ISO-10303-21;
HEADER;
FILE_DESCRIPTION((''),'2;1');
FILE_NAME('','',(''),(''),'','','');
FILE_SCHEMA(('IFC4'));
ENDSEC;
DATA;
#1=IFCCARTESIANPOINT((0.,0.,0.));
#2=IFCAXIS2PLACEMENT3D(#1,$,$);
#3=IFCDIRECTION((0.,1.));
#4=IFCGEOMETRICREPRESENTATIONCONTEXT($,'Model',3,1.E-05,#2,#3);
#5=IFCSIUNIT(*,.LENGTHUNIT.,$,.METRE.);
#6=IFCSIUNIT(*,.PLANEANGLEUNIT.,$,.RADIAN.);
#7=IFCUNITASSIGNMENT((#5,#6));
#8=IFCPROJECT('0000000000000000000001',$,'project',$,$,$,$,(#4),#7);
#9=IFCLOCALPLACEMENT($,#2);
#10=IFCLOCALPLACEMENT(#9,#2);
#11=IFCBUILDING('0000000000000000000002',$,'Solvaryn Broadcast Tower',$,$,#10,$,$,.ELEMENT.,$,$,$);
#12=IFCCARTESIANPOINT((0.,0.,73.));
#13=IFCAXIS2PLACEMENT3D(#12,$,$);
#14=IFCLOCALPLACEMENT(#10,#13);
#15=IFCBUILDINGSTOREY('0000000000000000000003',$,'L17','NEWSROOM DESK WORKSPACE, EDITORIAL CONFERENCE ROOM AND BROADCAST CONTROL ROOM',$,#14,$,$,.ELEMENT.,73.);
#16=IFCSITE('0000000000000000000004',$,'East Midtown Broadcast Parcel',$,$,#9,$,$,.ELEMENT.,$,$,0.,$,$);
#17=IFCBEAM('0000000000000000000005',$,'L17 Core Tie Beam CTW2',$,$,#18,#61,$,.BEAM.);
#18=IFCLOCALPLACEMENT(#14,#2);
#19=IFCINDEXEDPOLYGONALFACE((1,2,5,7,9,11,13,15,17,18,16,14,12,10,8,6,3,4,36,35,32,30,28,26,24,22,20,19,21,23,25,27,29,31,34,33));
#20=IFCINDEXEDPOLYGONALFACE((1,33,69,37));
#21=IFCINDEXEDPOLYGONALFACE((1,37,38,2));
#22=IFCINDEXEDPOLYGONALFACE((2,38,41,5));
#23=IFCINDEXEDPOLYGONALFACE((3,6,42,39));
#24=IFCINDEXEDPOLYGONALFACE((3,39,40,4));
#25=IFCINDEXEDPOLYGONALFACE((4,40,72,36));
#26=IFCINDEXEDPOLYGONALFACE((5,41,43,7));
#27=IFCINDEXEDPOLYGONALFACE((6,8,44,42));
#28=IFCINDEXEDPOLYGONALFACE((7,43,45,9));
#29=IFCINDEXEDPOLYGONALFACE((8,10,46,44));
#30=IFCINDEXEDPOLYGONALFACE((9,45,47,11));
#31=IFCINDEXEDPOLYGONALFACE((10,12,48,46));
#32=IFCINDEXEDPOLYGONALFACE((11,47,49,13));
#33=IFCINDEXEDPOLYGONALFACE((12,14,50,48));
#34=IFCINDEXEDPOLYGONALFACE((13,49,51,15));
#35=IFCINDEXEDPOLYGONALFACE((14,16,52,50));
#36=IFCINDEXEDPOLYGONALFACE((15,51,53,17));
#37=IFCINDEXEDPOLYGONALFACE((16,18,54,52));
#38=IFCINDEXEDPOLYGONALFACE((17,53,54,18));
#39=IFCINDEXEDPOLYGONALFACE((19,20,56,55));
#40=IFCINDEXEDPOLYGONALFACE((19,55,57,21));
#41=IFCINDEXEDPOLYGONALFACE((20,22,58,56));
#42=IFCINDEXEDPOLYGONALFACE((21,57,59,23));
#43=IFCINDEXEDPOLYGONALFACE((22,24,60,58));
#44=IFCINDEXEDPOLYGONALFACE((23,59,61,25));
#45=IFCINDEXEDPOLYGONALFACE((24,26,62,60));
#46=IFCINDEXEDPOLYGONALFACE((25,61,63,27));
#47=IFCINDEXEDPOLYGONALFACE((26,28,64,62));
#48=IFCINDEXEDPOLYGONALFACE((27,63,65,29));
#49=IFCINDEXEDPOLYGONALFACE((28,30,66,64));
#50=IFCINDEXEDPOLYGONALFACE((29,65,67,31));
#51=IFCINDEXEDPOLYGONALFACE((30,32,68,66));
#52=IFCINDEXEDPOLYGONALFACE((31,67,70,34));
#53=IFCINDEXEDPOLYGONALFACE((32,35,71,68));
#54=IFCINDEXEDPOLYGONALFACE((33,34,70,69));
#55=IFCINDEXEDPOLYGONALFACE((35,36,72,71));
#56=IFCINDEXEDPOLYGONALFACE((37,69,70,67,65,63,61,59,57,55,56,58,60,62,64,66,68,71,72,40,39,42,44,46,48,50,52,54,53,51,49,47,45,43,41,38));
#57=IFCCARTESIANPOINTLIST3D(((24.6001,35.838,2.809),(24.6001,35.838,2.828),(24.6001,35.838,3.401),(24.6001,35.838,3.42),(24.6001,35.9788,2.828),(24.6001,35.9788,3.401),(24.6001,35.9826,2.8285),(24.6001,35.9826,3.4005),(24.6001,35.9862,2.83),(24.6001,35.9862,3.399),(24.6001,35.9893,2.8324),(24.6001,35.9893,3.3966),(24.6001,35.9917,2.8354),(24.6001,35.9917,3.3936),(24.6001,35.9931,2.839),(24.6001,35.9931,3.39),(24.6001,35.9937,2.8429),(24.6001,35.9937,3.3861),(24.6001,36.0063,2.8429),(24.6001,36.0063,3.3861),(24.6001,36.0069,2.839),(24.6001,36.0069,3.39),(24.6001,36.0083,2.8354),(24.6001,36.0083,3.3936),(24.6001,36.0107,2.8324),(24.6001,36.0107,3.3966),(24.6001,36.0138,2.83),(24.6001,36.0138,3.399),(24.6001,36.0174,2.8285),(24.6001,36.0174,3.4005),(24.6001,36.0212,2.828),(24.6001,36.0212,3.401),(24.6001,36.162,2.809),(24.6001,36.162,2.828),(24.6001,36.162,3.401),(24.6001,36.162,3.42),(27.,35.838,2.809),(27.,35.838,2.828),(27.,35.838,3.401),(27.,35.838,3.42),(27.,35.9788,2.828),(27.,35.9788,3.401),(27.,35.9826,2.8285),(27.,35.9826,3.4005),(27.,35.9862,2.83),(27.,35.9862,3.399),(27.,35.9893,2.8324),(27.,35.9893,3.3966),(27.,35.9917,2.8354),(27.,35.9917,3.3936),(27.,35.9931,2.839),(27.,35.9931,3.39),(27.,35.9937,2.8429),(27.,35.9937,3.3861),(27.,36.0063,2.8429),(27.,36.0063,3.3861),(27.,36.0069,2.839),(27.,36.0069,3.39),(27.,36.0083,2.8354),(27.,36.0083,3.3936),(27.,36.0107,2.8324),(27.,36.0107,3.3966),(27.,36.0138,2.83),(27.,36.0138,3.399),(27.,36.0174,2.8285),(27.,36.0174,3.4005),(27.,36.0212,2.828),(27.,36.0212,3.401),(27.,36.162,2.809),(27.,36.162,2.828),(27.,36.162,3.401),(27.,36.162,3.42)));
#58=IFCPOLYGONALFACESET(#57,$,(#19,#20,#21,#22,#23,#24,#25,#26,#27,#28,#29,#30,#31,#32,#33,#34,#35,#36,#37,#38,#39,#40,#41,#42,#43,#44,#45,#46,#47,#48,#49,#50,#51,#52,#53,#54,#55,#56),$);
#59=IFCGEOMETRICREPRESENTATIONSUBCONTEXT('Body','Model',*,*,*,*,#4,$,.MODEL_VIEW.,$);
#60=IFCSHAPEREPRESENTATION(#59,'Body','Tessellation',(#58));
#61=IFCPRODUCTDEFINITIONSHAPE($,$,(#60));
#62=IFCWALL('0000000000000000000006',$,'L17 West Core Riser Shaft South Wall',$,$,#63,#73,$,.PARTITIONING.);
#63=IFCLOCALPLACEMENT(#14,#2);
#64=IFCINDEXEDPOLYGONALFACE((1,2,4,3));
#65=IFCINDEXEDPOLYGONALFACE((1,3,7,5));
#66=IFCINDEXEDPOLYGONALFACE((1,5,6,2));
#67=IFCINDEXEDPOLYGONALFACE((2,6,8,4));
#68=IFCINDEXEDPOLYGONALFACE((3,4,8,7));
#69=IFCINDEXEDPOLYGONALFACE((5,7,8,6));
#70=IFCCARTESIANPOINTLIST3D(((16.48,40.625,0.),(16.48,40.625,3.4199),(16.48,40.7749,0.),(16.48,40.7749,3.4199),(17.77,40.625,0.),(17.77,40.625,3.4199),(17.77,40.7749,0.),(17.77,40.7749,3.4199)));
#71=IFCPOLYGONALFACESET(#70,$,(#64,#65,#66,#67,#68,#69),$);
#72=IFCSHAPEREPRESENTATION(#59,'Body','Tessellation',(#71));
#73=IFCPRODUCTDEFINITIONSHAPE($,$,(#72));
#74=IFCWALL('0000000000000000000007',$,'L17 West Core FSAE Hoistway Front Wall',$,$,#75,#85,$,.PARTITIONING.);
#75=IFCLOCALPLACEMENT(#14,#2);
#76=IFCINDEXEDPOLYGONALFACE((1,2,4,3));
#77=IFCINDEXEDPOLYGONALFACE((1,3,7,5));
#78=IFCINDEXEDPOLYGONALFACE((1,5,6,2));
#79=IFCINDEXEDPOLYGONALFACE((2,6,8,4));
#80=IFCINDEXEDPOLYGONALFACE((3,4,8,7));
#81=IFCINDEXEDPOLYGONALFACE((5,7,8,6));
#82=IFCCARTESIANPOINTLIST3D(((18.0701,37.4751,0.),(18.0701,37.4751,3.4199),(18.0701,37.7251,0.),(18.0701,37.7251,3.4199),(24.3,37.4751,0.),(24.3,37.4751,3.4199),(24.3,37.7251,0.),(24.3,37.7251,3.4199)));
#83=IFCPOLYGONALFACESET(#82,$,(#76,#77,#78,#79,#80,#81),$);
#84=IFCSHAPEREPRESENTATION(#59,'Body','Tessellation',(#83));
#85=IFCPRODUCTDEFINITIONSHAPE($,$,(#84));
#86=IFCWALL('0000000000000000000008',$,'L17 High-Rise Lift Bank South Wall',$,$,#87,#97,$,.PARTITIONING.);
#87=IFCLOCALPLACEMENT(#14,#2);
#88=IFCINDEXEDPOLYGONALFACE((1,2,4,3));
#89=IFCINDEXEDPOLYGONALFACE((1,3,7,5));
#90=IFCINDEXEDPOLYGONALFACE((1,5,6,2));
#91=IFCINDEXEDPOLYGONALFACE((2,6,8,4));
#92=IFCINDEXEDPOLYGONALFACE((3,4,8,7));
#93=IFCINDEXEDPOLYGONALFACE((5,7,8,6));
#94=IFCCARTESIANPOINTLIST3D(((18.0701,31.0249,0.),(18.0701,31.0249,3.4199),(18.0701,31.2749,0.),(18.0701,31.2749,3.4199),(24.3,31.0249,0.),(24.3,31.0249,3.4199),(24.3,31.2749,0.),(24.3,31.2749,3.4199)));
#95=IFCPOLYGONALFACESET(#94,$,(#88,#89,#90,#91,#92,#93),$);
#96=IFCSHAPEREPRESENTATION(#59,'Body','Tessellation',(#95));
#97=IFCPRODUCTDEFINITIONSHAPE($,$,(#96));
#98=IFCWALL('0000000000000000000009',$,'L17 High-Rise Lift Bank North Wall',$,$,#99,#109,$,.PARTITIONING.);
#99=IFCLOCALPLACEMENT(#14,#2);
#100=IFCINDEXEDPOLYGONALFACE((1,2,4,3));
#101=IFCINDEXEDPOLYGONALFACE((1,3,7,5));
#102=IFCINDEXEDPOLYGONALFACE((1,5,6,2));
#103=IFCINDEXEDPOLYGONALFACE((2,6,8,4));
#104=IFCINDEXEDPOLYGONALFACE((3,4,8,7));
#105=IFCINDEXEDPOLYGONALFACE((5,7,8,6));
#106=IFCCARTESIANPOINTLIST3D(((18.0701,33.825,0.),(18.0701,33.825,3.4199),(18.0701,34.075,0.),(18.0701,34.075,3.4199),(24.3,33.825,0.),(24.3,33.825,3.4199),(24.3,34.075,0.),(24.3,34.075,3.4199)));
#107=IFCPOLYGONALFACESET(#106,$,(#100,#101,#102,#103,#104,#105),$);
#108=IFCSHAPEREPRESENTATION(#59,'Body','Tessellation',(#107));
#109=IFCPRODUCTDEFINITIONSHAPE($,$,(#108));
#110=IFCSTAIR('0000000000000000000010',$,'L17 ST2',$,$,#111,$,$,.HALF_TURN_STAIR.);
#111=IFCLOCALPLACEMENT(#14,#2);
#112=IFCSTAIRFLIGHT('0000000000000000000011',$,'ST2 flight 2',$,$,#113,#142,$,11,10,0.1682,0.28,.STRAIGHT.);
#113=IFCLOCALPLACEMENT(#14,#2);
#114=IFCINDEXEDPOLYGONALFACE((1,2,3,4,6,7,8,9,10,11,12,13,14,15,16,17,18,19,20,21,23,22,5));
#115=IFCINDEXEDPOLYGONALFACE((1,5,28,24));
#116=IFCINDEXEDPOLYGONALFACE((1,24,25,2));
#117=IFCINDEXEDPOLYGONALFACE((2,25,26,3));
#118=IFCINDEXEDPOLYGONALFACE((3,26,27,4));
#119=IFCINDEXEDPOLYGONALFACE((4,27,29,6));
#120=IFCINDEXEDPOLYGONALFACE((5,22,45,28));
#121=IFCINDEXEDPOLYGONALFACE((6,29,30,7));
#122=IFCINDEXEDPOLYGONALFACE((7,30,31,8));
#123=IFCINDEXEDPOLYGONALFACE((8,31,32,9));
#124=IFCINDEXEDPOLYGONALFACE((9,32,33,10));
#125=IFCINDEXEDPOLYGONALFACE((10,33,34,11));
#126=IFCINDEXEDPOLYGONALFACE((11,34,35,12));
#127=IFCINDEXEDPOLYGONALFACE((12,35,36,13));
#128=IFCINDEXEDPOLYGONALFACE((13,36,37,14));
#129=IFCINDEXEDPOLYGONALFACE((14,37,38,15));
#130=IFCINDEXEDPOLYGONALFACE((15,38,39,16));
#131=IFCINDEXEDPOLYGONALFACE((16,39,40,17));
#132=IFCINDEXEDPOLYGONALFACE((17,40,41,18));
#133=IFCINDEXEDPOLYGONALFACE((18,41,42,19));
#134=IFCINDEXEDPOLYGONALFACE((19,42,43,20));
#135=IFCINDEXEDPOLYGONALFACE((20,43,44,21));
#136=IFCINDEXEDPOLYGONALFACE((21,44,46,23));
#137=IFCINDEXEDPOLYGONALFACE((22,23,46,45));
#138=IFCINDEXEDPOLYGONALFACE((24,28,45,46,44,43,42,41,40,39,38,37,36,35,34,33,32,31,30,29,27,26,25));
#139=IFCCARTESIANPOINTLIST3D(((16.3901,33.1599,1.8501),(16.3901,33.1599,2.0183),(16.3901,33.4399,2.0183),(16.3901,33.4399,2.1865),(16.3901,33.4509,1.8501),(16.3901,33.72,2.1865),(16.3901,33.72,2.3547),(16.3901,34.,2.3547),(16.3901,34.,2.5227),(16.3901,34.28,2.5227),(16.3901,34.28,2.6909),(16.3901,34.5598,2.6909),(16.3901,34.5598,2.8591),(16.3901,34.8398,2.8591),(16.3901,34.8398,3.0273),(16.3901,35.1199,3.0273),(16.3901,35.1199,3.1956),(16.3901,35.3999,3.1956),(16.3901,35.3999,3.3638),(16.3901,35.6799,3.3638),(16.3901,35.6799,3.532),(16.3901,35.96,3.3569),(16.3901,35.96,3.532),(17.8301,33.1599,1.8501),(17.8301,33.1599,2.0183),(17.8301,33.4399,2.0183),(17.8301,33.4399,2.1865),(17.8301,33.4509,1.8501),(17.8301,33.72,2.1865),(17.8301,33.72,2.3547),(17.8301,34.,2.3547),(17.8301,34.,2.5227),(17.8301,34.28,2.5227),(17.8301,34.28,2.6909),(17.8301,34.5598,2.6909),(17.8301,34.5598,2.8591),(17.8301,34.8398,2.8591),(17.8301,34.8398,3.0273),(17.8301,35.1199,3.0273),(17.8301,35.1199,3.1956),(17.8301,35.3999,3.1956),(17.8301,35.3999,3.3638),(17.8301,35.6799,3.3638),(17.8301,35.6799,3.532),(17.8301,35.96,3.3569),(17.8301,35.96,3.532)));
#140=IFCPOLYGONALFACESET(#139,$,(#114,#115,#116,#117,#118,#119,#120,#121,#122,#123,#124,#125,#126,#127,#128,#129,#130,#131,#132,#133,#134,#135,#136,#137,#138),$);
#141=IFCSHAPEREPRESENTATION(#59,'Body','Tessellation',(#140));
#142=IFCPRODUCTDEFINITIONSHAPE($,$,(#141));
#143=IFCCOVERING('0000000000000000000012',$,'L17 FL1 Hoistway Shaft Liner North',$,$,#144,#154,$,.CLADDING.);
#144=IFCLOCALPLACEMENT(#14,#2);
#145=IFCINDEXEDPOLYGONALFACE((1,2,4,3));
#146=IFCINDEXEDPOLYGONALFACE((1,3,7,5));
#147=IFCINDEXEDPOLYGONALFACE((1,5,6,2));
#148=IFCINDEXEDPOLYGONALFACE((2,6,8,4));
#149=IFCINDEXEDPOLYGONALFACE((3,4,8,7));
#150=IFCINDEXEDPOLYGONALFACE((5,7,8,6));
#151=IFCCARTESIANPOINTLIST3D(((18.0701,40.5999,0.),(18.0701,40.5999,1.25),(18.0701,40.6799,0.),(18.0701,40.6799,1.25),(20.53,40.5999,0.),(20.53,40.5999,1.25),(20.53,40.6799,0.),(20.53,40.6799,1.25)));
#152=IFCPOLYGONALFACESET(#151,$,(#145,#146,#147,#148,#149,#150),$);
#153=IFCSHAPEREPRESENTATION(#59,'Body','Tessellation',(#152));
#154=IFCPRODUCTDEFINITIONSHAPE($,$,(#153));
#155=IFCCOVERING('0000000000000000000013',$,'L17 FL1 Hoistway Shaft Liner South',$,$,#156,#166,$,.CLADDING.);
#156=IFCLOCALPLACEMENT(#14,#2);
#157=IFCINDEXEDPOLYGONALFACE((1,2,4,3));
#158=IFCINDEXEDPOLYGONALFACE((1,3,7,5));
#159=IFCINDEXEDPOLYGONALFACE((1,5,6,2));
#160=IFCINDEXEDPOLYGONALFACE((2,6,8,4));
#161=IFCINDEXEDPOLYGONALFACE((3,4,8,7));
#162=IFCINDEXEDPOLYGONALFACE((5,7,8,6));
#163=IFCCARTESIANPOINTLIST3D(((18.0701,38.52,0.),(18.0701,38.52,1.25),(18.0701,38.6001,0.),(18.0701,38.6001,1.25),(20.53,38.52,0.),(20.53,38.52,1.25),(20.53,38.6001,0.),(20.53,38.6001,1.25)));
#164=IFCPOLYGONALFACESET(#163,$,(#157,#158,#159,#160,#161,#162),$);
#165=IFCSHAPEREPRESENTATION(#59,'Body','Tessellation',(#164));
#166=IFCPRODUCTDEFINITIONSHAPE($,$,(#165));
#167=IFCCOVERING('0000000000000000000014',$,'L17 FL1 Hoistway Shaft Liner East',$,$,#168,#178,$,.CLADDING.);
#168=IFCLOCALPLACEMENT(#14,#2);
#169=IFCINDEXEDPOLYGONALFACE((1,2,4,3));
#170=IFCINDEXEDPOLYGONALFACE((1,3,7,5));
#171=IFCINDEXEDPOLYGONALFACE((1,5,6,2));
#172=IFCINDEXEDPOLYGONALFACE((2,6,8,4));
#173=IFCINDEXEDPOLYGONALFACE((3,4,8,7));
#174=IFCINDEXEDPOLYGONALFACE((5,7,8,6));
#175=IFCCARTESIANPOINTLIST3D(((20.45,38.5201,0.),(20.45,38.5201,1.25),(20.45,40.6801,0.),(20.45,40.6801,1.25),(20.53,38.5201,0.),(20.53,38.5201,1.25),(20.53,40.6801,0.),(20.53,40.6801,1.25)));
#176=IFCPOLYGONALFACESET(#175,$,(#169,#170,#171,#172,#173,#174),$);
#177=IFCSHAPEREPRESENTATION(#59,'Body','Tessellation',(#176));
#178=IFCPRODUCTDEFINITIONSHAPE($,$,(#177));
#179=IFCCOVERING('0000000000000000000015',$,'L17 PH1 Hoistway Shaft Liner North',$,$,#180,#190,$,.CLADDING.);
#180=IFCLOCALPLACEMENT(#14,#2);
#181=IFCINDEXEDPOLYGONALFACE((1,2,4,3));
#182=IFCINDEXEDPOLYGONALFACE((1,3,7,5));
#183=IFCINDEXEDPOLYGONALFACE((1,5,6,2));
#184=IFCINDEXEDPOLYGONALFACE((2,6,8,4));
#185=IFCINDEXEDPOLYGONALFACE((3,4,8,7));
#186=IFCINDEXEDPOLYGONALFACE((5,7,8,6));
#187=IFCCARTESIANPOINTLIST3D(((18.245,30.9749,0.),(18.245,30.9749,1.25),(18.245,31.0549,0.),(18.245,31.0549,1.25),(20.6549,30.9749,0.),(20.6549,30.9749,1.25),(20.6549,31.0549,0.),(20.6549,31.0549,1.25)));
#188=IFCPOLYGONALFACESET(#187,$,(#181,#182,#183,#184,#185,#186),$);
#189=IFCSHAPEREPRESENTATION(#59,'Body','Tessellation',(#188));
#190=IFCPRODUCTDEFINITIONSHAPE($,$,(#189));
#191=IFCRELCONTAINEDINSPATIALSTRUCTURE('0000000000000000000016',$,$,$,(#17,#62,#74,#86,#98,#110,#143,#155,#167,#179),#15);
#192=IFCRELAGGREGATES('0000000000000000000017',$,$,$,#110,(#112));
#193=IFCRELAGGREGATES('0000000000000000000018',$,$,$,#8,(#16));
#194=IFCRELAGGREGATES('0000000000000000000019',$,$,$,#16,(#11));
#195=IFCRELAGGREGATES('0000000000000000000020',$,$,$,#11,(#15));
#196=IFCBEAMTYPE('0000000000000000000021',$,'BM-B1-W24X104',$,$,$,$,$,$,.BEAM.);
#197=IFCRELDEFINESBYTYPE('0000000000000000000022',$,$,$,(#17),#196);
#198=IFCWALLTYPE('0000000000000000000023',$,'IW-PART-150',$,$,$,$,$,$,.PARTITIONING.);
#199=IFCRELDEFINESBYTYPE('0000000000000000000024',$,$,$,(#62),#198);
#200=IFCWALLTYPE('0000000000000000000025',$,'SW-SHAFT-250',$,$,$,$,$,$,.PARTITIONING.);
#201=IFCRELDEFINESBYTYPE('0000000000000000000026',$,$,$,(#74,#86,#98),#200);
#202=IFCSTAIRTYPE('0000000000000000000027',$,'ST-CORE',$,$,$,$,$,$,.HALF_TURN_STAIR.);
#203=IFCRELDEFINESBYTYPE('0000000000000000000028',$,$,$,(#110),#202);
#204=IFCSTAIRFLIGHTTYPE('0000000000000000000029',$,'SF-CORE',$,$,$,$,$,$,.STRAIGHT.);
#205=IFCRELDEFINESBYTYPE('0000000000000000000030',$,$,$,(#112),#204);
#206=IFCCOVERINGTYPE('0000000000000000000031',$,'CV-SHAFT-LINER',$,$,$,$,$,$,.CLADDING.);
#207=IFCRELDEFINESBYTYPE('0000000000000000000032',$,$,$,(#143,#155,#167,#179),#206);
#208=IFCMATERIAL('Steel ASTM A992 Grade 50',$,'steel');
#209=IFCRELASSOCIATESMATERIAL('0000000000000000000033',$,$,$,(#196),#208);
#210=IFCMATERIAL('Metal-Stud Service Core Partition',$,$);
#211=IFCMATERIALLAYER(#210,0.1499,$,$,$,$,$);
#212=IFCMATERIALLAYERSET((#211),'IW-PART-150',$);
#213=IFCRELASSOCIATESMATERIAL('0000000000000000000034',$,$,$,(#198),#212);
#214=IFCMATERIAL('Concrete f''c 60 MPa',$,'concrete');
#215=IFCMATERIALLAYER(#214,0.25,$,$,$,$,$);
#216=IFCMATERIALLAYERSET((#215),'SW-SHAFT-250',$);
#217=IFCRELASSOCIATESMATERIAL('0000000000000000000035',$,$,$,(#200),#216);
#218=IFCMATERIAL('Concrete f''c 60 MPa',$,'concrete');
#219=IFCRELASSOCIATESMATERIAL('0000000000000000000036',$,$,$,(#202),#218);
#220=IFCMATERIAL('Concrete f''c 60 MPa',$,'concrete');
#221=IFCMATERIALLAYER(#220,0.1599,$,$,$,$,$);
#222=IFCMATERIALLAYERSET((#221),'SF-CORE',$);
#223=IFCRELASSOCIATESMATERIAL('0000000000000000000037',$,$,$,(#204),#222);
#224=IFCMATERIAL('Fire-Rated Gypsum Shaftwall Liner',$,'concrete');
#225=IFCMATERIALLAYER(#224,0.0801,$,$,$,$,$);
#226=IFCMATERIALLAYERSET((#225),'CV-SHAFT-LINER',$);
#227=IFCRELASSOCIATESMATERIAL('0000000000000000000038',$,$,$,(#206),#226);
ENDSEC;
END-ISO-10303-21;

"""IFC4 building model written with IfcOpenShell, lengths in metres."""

from ifc_helpers import new_model, si_unit, direction, frame, frame_2d, origin, origin_2d, place, context, subcontext, project, spatial, polyline, rectangle, i_section, outline, extrude, material, layer, layer_set, material_profile, profile_set, type_object, element, aggregate, save


model = new_model("IFC4")

# Units and contexts
model_context = context("Model", 3, precision=1e-05, world=origin(), true_north=direction((0.0, 1.0)))
body_context = subcontext(model_context, "Body", "Model", "MODEL_VIEW")
ifc_project = project(units=[si_unit("LENGTHUNIT", "METRE"), si_unit("PLANEANGLEUNIT", "RADIAN")], contexts=[model_context])

# Site, building, storey
site_placement = place(None, origin())
site = spatial("IfcSite", under=ifc_project, at=site_placement, Name="East Midtown Broadcast Parcel", CompositionType="ELEMENT", RefElevation=0.0)
building_placement = place(site_placement, origin())
building = spatial("IfcBuilding", under=site, at=building_placement, Name="Solvaryn Broadcast Tower", CompositionType="ELEMENT")
storey_placement = place(building_placement, frame((0.0, 0.0, 73.0)))
storey = spatial("IfcBuildingStorey", under=building, at=storey_placement, Name="L17", Description="NEWSROOM DESK WORKSPACE, EDITORIAL CONFERENCE ROOM AND BROADCAST CONTROL ROOM", CompositionType="ELEMENT", Elevation=73.0)

# Beam
ifc_material_1 = material(Name="Steel ASTM A992 Grade 50", Category="steel")
ifc_material_profile = material_profile(ifc_material_1, i_section(OverallWidth=0.324, OverallDepth=0.6111, WebThickness=0.0127, FlangeThickness=0.019, FilletRadius=0.0149, at=origin_2d()))
ifc_profile_set = profile_set([ifc_material_profile], Name="Steel ASTM A992 Grade 50")
beam_type = type_object("IfcBeamType", Name="BM-B1-W24X104", PredefinedType="BEAM", material=ifc_profile_set)
beam_placement = place(storey_placement, frame((24.6001, 36.0, 3.1145), z_axis=(1.0, 0.0, 0.0), x_axis=(0.0, 1.0, 0.0)))
element("IfcBeam", 1, at=beam_placement, inside=storey, type_object=beam_type, Name="L17 Core Tie Beam CTW2", PredefinedType="BEAM", context=body_context, shape_type="SweptSolid", body=[
    extrude(i_section(OverallWidth=0.324, OverallDepth=0.6111, WebThickness=0.0127, FlangeThickness=0.019, FilletRadius=0.0149, at=origin_2d()), origin(), (0.0, 0.0, 1.0), 2.3999),
])

# Walls
ifc_material_2 = material(Name="Metal-Stud Service Core Partition")
ifc_layer_1 = layer(ifc_material_2, 0.1499)
ifc_layer_set_1 = layer_set([ifc_layer_1], Name="IW-PART-150")
wall_type_1 = type_object("IfcWallType", Name="IW-PART-150", PredefinedType="PARTITIONING", material=ifc_layer_set_1)
wall_1_placement = place(storey_placement, frame((16.48, 40.7, 0.0), z_axis=(0.0, 0.0, 1.0), x_axis=(1.0, 0.0, 0.0)))
element("IfcWall", 2, at=wall_1_placement, inside=storey, type_object=wall_type_1, Name="L17 West Core Riser Shaft South Wall", PredefinedType="PARTITIONING", context=body_context, shape_type="SweptSolid", body=[
    extrude(rectangle(XDim=1.29, YDim=0.1499, at=frame_2d((0.645, 0.0))), origin(), (0.0, 0.0, 1.0), 3.4199),
])
ifc_material_3 = material(Name="Concrete f'c 60 MPa", Category="concrete")
ifc_layer_2 = layer(ifc_material_3, 0.25)
ifc_layer_set_2 = layer_set([ifc_layer_2], Name="SW-SHAFT-250")
wall_type_2 = type_object("IfcWallType", Name="SW-SHAFT-250", PredefinedType="PARTITIONING", material=ifc_layer_set_2)
for number, where, z_axis, x_axis, name in (
    (3, (18.0701, 37.6001, 0.0), (0.0, 0.0, 1.0), (1.0, 0.0, 0.0), "L17 West Core FSAE Hoistway Front Wall"),
    (4, (18.0701, 31.1499, 0.0), (0.0, 0.0, 1.0), (1.0, 0.0, 0.0), "L17 High-Rise Lift Bank South Wall"),
    (5, (24.3, 33.95, 0.0), (0.0, 0.0, 1.0), (-1.0, 0.0, 0.0), "L17 High-Rise Lift Bank North Wall"),
):
    element("IfcWall", number, at=place(storey_placement, frame(where, z_axis=z_axis, x_axis=x_axis)), inside=storey, type_object=wall_type_2, Name=name, PredefinedType="PARTITIONING", context=body_context, shape_type="SweptSolid", body=[
        extrude(rectangle(XDim=6.23, YDim=0.25, at=frame_2d((3.115, 0.0))), origin(), (0.0, 0.0, 1.0), 3.4199),
    ])

# Stair, stair flight
ifc_material_4 = material(Name="Concrete f'c 60 MPa", Category="concrete")
stair_type = type_object("IfcStairType", Name="ST-CORE", PredefinedType="HALF_TURN_STAIR", material=ifc_material_4)
stair_placement = place(storey_placement, origin())
stair = element("IfcStair", 6, at=stair_placement, inside=storey, type_object=stair_type, Name="L17 ST2", PredefinedType="HALF_TURN_STAIR")
ifc_material_5 = material(Name="Concrete f'c 60 MPa", Category="concrete")
ifc_layer_3 = layer(ifc_material_5, 0.1599)
ifc_layer_set_3 = layer_set([ifc_layer_3], Name="SF-CORE")
stair_flight_type = type_object("IfcStairFlightType", Name="SF-CORE", PredefinedType="STRAIGHT", material=ifc_layer_set_3)
stair_flight_placement = place(storey_placement, frame((17.1101, 33.1599, 1.8501), z_axis=(0.0, 0.0, 1.0), x_axis=(0.0, 1.0, 0.0)))
stair_flight = element("IfcStairFlight", 7, at=stair_flight_placement, type_object=stair_flight_type, Name="ST2 flight 2", NumberOfRisers=11, NumberOfTreads=10, PredefinedType="STRAIGHT", RiserHeight=0.1682, TreadLength=0.28, context=body_context, shape_type="SweptSolid", body=[
    extrude(outline(polyline([(0.0, 0.0), (0.0, 0.1682), (0.28, 0.1682), (0.28, 0.3364), (0.5601, 0.3364), (0.5601, 0.5046), (0.8401, 0.5046), (0.8401, 0.6726), (1.1201, 0.6726), (1.1201, 0.8408), (1.3999, 0.8408), (1.3999, 1.009), (1.6799, 1.009), (1.6799, 1.1772), (1.96, 1.1772), (1.96, 1.3455), (2.24, 1.3455), (2.24, 1.5137), (2.52, 1.5137), (2.52, 1.6819), (2.8, 1.6819), (2.8, 1.8501), (2.8, 1.5068), (0.291, 0.0), (0.0, 0.0)])), frame((0.0, 0.72, 0.0), z_axis=(0.0, -1.0, 0.0), x_axis=(1.0, 0.0, 0.0)), (0.0, 0.0, 1.0), 1.4399),
])
aggregate(stair, [stair_flight])

# Coverings
ifc_material_6 = material(Name="Fire-Rated Gypsum Shaftwall Liner", Category="concrete")
ifc_layer_4 = layer(ifc_material_6, 0.0801)
ifc_layer_set_4 = layer_set([ifc_layer_4], Name="CV-SHAFT-LINER")
covering_type = type_object("IfcCoveringType", Name="CV-SHAFT-LINER", PredefinedType="CLADDING", material=ifc_layer_set_4)
for number, where, z_axis, x_axis, name in (
    (8, (19.3, 40.6399, 0.0), (0.0, 0.0, 1.0), (1.0, 0.0, 0.0), "L17 FL1 Hoistway Shaft Liner North"),
    (9, (19.3, 38.5601, 0.0), (0.0, 0.0, 1.0), (1.0, 0.0, 0.0), "L17 FL1 Hoistway Shaft Liner South"),
):
    element("IfcCovering", number, at=place(storey_placement, frame(where, z_axis=z_axis, x_axis=x_axis)), inside=storey, type_object=covering_type, Name=name, PredefinedType="CLADDING", context=body_context, shape_type="SweptSolid", body=[
        extrude(rectangle(XDim=2.46, YDim=0.0801, at=origin_2d()), origin(), (0.0, 0.0, 1.0), 1.25),
    ])
covering_placement = place(storey_placement, frame((20.49, 39.6001, 0.0), z_axis=(0.0, 0.0, 1.0), x_axis=(1.0, 0.0, 0.0)))
element("IfcCovering", 10, at=covering_placement, inside=storey, type_object=covering_type, Name="L17 FL1 Hoistway Shaft Liner East", PredefinedType="CLADDING", context=body_context, shape_type="SweptSolid", body=[
    extrude(rectangle(XDim=0.0801, YDim=2.1599, at=origin_2d()), origin(), (0.0, 0.0, 1.0), 1.25),
])
for number, where, z_axis, x_axis, name in (
    (11, (19.45, 31.0149, 0.0), (0.0, 0.0, 1.0), (1.0, 0.0, 0.0), "L17 PH1 Hoistway Shaft Liner North"),
):
    element("IfcCovering", number, at=place(storey_placement, frame(where, z_axis=z_axis, x_axis=x_axis)), inside=storey, type_object=covering_type, Name=name, PredefinedType="CLADDING", context=body_context, shape_type="SweptSolid", body=[
        extrude(rectangle(XDim=2.4099, YDim=0.0801, at=origin_2d()), origin(), (0.0, 0.0, 1.0), 1.25),
    ])

save(model, "model.ifc")
